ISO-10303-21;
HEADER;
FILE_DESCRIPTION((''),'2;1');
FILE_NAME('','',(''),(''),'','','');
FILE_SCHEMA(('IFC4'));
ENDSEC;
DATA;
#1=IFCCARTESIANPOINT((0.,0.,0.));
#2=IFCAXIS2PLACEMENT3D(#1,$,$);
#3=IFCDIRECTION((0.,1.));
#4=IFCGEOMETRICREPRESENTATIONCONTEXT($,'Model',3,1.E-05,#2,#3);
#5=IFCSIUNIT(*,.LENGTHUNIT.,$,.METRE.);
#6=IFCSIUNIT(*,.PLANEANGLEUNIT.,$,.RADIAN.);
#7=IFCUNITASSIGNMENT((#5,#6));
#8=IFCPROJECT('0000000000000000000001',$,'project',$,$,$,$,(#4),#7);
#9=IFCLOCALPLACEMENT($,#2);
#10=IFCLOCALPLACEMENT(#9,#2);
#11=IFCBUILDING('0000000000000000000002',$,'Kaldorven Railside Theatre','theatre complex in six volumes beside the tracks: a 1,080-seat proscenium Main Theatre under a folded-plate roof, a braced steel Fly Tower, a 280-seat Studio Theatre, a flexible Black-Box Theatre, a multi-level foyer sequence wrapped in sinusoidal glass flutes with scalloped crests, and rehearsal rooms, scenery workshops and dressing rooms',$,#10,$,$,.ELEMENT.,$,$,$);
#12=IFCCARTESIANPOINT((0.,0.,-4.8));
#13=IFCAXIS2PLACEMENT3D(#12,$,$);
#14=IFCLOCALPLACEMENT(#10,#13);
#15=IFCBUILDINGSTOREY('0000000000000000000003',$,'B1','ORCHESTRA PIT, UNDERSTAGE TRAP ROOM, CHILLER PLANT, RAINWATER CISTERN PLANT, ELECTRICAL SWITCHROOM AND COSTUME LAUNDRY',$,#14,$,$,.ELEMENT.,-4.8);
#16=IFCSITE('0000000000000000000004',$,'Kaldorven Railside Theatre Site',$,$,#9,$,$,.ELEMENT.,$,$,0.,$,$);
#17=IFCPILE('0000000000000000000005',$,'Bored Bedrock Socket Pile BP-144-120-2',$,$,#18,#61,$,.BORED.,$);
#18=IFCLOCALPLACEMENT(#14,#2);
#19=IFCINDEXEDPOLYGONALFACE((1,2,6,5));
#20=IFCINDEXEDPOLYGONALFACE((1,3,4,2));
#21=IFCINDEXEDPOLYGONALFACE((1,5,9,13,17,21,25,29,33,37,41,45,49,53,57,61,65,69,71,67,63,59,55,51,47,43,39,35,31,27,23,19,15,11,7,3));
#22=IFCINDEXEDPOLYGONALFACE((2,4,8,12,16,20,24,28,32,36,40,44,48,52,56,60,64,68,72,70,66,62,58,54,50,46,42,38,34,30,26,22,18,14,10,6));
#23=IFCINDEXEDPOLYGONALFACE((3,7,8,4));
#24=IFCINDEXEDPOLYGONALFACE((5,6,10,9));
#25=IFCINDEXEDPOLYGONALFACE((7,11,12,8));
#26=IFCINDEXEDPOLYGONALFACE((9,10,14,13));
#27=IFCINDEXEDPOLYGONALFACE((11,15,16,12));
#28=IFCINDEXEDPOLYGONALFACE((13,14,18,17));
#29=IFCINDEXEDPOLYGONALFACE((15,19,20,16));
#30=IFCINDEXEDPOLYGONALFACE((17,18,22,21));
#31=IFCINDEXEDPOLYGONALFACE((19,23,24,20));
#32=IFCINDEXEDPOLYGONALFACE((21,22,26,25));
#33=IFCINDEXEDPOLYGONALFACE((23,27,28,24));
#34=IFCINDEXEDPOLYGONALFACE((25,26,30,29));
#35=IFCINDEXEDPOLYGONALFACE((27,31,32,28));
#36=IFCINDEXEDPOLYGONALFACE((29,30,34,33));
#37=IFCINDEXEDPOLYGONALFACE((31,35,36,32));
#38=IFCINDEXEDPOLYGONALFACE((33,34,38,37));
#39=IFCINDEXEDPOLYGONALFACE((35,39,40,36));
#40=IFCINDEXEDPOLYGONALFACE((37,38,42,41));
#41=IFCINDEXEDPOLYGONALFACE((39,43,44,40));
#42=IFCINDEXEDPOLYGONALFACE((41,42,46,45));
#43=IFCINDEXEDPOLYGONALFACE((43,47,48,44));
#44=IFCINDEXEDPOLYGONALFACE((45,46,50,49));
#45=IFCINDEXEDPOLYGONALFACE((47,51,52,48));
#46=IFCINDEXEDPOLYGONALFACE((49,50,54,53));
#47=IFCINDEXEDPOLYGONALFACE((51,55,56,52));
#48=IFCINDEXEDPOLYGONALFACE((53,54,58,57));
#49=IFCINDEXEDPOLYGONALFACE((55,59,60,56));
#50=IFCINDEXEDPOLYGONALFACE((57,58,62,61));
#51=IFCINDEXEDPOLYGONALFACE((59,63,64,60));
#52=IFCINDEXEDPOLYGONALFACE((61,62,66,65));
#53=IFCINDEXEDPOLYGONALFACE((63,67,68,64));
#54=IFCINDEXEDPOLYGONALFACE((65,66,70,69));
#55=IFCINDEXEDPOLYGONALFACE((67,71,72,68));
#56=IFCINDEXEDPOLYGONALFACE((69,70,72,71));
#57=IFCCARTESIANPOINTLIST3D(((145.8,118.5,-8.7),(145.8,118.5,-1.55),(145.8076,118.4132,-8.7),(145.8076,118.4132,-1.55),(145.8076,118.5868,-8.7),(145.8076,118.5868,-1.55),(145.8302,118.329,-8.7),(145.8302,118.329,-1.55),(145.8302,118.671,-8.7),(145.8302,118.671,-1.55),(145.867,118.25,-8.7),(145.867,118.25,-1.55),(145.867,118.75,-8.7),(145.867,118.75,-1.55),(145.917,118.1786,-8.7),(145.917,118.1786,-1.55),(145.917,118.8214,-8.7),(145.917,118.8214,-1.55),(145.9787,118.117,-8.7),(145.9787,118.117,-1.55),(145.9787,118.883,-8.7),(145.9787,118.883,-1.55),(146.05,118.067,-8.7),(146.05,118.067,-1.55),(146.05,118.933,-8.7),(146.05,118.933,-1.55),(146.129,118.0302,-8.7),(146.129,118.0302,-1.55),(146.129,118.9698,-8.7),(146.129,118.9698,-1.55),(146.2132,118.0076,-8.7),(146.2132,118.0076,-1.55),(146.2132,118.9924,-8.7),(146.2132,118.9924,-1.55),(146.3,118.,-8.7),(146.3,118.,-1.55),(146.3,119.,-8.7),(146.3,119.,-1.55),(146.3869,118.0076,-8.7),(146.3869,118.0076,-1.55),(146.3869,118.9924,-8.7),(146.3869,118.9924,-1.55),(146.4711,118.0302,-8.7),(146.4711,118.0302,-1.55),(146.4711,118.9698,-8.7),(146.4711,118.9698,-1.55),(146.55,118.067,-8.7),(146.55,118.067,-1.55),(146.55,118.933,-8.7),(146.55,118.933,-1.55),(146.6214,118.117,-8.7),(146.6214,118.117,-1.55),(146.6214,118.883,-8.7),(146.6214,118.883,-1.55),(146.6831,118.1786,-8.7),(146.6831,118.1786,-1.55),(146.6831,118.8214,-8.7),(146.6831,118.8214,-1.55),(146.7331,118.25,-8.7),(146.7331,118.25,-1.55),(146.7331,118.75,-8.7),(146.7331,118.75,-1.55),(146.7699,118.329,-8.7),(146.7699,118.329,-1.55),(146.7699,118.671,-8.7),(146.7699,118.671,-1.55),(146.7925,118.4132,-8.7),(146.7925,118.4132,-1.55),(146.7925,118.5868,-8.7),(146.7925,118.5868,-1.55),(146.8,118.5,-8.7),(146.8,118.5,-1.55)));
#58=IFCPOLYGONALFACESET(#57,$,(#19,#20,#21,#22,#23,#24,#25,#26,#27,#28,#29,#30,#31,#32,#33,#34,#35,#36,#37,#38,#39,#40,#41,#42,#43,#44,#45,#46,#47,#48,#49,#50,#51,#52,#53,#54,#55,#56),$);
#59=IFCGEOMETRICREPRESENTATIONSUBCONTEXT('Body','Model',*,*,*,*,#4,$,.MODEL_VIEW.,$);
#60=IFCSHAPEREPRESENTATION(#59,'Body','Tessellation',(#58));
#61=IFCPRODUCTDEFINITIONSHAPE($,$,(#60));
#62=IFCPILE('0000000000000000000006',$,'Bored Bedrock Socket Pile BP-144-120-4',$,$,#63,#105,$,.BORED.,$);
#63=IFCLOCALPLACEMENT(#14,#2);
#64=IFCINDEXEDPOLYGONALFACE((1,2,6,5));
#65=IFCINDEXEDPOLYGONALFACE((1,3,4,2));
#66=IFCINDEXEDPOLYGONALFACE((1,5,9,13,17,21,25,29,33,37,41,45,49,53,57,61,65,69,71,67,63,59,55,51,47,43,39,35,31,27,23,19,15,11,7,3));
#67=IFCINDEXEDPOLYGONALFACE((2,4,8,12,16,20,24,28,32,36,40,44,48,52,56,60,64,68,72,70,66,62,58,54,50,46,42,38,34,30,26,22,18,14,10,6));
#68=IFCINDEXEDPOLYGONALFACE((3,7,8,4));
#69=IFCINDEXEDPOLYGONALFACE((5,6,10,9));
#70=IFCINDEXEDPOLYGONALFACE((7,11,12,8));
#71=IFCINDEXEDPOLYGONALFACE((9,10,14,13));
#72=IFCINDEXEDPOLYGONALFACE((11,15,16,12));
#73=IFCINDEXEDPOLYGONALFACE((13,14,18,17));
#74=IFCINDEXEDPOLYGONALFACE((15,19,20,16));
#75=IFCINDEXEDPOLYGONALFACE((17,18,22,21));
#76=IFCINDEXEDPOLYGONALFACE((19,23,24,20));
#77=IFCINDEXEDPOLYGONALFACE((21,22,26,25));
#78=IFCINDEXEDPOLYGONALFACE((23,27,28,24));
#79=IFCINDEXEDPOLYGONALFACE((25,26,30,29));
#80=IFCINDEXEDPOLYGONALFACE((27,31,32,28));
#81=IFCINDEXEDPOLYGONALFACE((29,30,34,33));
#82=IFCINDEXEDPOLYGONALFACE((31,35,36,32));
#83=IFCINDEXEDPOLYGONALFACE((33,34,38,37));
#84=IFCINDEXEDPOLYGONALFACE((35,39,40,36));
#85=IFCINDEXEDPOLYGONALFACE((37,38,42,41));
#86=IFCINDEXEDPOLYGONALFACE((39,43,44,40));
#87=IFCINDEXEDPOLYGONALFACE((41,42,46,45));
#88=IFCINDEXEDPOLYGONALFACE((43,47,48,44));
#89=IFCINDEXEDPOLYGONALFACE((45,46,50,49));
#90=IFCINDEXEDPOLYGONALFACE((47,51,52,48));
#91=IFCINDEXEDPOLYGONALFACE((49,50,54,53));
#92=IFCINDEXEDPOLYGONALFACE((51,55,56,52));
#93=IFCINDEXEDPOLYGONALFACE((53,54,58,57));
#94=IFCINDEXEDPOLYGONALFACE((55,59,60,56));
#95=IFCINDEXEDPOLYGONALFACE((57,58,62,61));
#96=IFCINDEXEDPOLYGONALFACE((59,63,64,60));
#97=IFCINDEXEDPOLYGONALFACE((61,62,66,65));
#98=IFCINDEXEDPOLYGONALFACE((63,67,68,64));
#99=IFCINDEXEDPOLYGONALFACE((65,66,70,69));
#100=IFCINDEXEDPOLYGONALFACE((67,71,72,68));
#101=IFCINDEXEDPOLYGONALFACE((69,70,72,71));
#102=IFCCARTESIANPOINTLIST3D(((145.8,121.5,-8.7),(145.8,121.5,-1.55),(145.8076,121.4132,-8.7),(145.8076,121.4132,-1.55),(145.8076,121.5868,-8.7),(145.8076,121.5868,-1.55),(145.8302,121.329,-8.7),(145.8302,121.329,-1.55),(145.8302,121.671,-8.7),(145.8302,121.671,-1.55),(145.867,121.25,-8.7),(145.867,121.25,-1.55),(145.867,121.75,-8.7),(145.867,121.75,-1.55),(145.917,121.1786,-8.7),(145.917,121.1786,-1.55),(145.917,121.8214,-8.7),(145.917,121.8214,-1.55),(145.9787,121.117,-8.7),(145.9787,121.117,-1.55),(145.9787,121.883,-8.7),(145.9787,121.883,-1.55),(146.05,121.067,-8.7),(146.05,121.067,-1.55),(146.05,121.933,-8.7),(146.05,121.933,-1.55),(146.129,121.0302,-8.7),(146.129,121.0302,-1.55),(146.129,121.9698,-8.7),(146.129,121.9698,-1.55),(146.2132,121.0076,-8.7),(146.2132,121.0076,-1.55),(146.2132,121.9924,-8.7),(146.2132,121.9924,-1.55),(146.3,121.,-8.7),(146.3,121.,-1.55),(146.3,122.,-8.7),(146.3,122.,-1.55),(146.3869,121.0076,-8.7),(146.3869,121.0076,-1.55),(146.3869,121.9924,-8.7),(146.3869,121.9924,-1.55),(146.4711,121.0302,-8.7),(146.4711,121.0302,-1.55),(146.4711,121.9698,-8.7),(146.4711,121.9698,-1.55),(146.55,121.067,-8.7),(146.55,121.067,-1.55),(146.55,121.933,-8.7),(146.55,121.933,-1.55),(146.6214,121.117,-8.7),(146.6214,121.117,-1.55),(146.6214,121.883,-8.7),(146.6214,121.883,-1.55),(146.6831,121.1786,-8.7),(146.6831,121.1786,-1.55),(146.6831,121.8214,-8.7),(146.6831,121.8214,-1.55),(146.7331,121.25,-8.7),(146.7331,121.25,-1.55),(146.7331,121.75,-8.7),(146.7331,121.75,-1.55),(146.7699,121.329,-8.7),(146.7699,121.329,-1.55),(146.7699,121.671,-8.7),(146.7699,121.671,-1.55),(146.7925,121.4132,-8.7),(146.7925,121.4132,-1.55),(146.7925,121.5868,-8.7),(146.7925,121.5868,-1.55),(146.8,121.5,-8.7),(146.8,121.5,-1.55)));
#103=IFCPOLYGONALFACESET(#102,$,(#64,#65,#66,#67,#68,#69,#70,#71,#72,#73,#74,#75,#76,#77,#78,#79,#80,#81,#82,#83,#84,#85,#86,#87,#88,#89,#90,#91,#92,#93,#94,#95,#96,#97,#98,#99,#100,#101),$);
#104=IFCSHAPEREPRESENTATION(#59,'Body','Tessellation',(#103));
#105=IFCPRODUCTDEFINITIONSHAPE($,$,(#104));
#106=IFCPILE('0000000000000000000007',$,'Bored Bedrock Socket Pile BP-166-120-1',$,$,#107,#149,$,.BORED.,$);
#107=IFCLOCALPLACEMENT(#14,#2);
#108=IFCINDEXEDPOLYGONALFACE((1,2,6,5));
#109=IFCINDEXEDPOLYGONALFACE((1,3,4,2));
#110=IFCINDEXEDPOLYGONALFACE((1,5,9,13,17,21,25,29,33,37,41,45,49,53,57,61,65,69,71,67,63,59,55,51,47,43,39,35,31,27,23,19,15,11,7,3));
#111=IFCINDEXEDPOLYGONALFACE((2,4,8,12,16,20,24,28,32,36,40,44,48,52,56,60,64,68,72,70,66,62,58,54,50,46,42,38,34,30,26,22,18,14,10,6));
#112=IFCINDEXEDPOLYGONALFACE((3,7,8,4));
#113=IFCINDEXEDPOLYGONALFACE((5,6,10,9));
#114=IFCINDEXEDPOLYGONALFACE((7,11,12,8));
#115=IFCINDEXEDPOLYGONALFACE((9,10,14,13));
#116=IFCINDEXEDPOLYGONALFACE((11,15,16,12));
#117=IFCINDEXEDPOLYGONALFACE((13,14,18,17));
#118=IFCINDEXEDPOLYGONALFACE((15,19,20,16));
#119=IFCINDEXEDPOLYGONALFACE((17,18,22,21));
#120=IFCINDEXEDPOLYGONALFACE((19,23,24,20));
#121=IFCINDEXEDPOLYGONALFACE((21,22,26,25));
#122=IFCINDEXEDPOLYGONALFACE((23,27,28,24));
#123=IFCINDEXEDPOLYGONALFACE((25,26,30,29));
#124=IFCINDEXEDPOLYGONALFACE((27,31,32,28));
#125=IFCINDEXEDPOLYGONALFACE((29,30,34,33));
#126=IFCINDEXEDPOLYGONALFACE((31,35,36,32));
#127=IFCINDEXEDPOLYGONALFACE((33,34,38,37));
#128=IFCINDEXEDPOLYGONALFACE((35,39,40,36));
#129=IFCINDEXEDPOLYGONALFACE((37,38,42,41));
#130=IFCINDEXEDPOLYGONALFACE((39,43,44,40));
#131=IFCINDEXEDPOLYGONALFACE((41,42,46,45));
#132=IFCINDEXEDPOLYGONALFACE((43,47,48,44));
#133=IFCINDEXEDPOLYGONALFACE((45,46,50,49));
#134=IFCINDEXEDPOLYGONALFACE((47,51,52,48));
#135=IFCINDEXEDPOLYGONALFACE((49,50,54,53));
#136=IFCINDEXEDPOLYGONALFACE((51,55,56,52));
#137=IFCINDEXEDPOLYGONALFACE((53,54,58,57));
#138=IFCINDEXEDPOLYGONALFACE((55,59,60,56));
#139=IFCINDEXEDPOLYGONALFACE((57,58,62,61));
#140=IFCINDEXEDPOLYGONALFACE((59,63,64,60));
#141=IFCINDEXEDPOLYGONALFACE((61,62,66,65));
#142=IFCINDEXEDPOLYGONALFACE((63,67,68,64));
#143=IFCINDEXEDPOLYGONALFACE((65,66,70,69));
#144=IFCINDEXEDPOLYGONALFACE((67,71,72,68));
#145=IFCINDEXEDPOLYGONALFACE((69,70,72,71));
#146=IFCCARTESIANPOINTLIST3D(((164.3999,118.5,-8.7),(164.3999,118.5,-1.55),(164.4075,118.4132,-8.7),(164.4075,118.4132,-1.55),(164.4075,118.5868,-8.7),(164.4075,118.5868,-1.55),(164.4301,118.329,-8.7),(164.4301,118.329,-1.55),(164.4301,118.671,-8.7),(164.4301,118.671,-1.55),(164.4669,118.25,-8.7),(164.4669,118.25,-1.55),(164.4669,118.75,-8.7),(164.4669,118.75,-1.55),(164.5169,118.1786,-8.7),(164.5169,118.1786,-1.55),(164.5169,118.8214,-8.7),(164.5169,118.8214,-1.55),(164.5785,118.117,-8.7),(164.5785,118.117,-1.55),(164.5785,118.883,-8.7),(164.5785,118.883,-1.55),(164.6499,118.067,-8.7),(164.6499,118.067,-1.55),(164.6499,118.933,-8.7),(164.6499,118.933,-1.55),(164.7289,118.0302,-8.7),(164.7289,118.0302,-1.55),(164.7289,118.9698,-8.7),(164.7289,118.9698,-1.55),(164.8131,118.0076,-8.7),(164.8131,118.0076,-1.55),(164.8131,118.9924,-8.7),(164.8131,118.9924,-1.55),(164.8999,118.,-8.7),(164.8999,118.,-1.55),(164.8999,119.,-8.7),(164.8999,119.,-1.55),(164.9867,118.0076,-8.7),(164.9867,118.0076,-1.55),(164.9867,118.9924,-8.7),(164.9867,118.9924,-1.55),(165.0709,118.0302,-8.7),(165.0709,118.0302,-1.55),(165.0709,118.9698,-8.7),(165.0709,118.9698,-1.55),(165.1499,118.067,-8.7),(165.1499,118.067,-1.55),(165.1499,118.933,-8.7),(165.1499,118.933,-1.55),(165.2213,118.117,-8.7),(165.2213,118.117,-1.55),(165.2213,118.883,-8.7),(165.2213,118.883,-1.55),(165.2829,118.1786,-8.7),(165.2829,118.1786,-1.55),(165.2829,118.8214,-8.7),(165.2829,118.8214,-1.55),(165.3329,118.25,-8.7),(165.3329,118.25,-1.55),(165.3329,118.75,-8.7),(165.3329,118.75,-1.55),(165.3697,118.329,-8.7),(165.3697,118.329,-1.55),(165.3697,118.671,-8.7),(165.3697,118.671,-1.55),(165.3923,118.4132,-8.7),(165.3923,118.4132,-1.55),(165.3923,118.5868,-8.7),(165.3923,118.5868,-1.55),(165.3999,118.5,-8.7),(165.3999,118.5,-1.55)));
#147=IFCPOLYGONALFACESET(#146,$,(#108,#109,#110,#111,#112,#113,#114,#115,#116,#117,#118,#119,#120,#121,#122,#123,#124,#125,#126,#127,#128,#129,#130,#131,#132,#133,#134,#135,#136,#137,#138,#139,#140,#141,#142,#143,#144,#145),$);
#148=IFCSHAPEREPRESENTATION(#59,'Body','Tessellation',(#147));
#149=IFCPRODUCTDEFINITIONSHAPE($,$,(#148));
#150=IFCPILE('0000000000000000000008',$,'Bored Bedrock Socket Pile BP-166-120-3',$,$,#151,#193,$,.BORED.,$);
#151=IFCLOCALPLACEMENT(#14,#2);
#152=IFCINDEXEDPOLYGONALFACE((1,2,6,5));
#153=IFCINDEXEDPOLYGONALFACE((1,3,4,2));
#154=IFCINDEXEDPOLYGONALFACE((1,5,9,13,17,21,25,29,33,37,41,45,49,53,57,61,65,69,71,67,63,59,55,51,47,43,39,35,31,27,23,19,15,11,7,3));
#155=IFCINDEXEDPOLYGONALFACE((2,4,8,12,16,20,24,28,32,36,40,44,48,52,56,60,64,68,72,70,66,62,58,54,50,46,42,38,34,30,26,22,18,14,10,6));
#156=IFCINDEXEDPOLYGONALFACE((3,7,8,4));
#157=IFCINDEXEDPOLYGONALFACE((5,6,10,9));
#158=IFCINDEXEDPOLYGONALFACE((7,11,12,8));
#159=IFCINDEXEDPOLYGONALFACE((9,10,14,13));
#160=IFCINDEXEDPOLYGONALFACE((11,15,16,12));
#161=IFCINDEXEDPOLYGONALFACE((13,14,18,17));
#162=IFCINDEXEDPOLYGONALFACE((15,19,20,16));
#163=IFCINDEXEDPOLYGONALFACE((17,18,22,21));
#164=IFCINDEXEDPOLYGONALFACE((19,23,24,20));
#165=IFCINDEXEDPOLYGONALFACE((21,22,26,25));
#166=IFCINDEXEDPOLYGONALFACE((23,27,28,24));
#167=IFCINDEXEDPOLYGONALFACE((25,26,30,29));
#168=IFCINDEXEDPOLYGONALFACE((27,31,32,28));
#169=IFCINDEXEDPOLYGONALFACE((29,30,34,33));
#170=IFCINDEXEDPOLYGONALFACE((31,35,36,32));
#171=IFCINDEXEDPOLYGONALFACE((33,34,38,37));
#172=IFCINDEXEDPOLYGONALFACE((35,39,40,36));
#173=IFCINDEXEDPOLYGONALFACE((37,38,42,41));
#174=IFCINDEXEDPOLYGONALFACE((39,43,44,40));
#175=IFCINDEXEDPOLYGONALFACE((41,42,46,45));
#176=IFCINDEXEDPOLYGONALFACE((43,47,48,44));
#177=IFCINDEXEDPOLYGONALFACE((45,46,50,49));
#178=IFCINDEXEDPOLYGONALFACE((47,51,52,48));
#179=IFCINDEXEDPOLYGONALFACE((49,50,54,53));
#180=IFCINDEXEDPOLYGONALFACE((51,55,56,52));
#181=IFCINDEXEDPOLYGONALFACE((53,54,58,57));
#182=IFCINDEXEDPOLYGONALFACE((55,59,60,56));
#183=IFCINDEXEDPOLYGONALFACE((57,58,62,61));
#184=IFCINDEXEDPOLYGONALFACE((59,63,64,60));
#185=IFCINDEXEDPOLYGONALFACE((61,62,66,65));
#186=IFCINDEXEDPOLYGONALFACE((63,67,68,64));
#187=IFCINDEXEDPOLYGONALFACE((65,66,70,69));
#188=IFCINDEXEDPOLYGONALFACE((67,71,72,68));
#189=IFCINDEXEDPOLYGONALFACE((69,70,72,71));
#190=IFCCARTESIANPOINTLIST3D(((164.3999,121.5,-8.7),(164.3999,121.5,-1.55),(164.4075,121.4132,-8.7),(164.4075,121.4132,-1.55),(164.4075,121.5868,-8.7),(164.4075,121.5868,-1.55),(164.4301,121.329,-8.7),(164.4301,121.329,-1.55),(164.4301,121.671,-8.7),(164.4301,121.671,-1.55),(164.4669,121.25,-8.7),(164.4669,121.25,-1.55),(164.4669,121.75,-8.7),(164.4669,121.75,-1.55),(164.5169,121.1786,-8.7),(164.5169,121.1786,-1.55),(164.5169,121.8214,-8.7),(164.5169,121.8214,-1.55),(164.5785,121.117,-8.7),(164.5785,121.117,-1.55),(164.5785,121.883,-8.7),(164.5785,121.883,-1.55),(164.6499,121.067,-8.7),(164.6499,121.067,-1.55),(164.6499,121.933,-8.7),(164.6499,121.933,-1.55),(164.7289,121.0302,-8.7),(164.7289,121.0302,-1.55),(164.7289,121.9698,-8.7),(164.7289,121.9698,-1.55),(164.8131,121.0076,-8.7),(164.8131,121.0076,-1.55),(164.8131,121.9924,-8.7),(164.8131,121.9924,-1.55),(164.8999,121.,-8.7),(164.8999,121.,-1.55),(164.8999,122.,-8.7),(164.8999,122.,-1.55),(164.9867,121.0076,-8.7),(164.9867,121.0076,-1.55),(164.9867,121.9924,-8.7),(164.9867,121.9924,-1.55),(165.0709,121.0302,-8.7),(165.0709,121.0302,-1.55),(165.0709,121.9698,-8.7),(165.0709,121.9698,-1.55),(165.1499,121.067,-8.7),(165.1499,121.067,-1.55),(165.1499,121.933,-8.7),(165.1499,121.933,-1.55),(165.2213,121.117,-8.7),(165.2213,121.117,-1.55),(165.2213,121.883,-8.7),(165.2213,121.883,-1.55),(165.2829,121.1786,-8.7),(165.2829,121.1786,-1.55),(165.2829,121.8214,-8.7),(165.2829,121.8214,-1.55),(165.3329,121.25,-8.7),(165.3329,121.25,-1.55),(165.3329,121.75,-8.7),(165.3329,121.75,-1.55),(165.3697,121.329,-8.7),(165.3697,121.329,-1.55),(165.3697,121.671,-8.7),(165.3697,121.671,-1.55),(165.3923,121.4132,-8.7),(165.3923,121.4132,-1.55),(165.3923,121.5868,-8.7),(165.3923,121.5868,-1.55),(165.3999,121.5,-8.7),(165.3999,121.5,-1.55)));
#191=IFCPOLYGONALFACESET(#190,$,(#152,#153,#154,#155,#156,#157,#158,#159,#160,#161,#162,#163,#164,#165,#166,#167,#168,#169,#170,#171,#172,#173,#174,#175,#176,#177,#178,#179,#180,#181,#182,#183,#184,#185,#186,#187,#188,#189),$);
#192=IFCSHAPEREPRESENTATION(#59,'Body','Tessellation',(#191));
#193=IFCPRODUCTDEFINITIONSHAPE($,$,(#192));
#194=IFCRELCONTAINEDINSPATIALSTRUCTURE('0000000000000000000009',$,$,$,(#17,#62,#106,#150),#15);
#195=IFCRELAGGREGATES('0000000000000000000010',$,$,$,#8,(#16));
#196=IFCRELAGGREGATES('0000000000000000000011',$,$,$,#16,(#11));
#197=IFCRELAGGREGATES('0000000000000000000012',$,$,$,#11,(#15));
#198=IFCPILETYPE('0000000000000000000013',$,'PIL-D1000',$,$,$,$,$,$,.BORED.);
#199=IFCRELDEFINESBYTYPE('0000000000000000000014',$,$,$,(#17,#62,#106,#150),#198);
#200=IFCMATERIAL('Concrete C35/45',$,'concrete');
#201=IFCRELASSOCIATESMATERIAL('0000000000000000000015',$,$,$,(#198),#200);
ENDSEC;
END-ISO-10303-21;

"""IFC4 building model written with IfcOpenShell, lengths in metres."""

from ifc_helpers import new_model, si_unit, direction, frame, origin, origin_2d, place, context, subcontext, project, spatial, circle, extrude, material, material_profile, profile_set, type_object, element, save


model = new_model("IFC4")

# Units and contexts
model_context = context("Model", 3, precision=1e-05, world=origin(), true_north=direction((0.0, 1.0)))
body_context = subcontext(model_context, "Body", "Model", "MODEL_VIEW")
ifc_project = project(units=[si_unit("LENGTHUNIT", "METRE"), si_unit("PLANEANGLEUNIT", "RADIAN")], contexts=[model_context])

# Site, building, storey
site_placement = place(None, origin())
site = spatial("IfcSite", under=ifc_project, at=site_placement, Name="Kaldorven Railside Theatre Site", CompositionType="ELEMENT", RefElevation=0.0)
building_placement = place(site_placement, origin())
building = spatial("IfcBuilding", under=site, at=building_placement, Name="Kaldorven Railside Theatre", Description="theatre complex in six volumes beside the tracks: a 1,080-seat proscenium Main Theatre under a folded-plate roof, a braced steel Fly Tower, a 280-seat Studio Theatre, a flexible Black-Box Theatre, a multi-level foyer sequence wrapped in sinusoidal glass flutes with scalloped crests, and rehearsal rooms, scenery workshops and dressing rooms", CompositionType="ELEMENT")
storey_placement = place(building_placement, frame((0.0, 0.0, -4.8)))
storey = spatial("IfcBuildingStorey", under=building, at=storey_placement, Name="B1", Description="ORCHESTRA PIT, UNDERSTAGE TRAP ROOM, CHILLER PLANT, RAINWATER CISTERN PLANT, ELECTRICAL SWITCHROOM AND COSTUME LAUNDRY", CompositionType="ELEMENT", Elevation=-4.8)

# Piles
ifc_material_1 = material(Name="Concrete C35/45", Category="concrete")
ifc_material_profile_1 = material_profile(ifc_material_1, circle(Radius=0.5, at=origin_2d()), Name="BP D1000")
ifc_profile_set_1 = profile_set([ifc_material_profile_1], Name="Concrete C35/45")
pile_type_1 = type_object("IfcPileType", Name="PIL-D1000", PredefinedType="BORED", material=ifc_profile_set_1)
for number, where, z_axis, x_axis, name in (
    (1, (146.3, 118.5, -1.55), (0.0, 0.0, -1.0), (1.0, 0.0, 0.0), "Bored Bedrock Socket Pile BP-144-120-2"),
    (2, (146.3, 121.5, -1.55), (0.0, 0.0, -1.0), (1.0, 0.0, 0.0), "Bored Bedrock Socket Pile BP-144-120-4"),
    (3, (164.8999, 118.5, -1.55), (0.0, 0.0, -1.0), (1.0, 0.0, 0.0), "Bored Bedrock Socket Pile BP-166-120-1"),
    (4, (164.8999, 121.5, -1.55), (0.0, 0.0, -1.0), (1.0, 0.0, 0.0), "Bored Bedrock Socket Pile BP-166-120-3"),
):
    element("IfcPile", number, at=place(storey_placement, frame(where, z_axis=z_axis, x_axis=x_axis)), inside=storey, type_object=pile_type_1, Name=name, PredefinedType="BORED", context=body_context, shape_type="SweptSolid", body=[
        extrude(circle(Radius=0.5, at=origin_2d()), origin(), (0.0, 0.0, 1.0), 7.1499),
    ])

save(model, "model.ifc")
